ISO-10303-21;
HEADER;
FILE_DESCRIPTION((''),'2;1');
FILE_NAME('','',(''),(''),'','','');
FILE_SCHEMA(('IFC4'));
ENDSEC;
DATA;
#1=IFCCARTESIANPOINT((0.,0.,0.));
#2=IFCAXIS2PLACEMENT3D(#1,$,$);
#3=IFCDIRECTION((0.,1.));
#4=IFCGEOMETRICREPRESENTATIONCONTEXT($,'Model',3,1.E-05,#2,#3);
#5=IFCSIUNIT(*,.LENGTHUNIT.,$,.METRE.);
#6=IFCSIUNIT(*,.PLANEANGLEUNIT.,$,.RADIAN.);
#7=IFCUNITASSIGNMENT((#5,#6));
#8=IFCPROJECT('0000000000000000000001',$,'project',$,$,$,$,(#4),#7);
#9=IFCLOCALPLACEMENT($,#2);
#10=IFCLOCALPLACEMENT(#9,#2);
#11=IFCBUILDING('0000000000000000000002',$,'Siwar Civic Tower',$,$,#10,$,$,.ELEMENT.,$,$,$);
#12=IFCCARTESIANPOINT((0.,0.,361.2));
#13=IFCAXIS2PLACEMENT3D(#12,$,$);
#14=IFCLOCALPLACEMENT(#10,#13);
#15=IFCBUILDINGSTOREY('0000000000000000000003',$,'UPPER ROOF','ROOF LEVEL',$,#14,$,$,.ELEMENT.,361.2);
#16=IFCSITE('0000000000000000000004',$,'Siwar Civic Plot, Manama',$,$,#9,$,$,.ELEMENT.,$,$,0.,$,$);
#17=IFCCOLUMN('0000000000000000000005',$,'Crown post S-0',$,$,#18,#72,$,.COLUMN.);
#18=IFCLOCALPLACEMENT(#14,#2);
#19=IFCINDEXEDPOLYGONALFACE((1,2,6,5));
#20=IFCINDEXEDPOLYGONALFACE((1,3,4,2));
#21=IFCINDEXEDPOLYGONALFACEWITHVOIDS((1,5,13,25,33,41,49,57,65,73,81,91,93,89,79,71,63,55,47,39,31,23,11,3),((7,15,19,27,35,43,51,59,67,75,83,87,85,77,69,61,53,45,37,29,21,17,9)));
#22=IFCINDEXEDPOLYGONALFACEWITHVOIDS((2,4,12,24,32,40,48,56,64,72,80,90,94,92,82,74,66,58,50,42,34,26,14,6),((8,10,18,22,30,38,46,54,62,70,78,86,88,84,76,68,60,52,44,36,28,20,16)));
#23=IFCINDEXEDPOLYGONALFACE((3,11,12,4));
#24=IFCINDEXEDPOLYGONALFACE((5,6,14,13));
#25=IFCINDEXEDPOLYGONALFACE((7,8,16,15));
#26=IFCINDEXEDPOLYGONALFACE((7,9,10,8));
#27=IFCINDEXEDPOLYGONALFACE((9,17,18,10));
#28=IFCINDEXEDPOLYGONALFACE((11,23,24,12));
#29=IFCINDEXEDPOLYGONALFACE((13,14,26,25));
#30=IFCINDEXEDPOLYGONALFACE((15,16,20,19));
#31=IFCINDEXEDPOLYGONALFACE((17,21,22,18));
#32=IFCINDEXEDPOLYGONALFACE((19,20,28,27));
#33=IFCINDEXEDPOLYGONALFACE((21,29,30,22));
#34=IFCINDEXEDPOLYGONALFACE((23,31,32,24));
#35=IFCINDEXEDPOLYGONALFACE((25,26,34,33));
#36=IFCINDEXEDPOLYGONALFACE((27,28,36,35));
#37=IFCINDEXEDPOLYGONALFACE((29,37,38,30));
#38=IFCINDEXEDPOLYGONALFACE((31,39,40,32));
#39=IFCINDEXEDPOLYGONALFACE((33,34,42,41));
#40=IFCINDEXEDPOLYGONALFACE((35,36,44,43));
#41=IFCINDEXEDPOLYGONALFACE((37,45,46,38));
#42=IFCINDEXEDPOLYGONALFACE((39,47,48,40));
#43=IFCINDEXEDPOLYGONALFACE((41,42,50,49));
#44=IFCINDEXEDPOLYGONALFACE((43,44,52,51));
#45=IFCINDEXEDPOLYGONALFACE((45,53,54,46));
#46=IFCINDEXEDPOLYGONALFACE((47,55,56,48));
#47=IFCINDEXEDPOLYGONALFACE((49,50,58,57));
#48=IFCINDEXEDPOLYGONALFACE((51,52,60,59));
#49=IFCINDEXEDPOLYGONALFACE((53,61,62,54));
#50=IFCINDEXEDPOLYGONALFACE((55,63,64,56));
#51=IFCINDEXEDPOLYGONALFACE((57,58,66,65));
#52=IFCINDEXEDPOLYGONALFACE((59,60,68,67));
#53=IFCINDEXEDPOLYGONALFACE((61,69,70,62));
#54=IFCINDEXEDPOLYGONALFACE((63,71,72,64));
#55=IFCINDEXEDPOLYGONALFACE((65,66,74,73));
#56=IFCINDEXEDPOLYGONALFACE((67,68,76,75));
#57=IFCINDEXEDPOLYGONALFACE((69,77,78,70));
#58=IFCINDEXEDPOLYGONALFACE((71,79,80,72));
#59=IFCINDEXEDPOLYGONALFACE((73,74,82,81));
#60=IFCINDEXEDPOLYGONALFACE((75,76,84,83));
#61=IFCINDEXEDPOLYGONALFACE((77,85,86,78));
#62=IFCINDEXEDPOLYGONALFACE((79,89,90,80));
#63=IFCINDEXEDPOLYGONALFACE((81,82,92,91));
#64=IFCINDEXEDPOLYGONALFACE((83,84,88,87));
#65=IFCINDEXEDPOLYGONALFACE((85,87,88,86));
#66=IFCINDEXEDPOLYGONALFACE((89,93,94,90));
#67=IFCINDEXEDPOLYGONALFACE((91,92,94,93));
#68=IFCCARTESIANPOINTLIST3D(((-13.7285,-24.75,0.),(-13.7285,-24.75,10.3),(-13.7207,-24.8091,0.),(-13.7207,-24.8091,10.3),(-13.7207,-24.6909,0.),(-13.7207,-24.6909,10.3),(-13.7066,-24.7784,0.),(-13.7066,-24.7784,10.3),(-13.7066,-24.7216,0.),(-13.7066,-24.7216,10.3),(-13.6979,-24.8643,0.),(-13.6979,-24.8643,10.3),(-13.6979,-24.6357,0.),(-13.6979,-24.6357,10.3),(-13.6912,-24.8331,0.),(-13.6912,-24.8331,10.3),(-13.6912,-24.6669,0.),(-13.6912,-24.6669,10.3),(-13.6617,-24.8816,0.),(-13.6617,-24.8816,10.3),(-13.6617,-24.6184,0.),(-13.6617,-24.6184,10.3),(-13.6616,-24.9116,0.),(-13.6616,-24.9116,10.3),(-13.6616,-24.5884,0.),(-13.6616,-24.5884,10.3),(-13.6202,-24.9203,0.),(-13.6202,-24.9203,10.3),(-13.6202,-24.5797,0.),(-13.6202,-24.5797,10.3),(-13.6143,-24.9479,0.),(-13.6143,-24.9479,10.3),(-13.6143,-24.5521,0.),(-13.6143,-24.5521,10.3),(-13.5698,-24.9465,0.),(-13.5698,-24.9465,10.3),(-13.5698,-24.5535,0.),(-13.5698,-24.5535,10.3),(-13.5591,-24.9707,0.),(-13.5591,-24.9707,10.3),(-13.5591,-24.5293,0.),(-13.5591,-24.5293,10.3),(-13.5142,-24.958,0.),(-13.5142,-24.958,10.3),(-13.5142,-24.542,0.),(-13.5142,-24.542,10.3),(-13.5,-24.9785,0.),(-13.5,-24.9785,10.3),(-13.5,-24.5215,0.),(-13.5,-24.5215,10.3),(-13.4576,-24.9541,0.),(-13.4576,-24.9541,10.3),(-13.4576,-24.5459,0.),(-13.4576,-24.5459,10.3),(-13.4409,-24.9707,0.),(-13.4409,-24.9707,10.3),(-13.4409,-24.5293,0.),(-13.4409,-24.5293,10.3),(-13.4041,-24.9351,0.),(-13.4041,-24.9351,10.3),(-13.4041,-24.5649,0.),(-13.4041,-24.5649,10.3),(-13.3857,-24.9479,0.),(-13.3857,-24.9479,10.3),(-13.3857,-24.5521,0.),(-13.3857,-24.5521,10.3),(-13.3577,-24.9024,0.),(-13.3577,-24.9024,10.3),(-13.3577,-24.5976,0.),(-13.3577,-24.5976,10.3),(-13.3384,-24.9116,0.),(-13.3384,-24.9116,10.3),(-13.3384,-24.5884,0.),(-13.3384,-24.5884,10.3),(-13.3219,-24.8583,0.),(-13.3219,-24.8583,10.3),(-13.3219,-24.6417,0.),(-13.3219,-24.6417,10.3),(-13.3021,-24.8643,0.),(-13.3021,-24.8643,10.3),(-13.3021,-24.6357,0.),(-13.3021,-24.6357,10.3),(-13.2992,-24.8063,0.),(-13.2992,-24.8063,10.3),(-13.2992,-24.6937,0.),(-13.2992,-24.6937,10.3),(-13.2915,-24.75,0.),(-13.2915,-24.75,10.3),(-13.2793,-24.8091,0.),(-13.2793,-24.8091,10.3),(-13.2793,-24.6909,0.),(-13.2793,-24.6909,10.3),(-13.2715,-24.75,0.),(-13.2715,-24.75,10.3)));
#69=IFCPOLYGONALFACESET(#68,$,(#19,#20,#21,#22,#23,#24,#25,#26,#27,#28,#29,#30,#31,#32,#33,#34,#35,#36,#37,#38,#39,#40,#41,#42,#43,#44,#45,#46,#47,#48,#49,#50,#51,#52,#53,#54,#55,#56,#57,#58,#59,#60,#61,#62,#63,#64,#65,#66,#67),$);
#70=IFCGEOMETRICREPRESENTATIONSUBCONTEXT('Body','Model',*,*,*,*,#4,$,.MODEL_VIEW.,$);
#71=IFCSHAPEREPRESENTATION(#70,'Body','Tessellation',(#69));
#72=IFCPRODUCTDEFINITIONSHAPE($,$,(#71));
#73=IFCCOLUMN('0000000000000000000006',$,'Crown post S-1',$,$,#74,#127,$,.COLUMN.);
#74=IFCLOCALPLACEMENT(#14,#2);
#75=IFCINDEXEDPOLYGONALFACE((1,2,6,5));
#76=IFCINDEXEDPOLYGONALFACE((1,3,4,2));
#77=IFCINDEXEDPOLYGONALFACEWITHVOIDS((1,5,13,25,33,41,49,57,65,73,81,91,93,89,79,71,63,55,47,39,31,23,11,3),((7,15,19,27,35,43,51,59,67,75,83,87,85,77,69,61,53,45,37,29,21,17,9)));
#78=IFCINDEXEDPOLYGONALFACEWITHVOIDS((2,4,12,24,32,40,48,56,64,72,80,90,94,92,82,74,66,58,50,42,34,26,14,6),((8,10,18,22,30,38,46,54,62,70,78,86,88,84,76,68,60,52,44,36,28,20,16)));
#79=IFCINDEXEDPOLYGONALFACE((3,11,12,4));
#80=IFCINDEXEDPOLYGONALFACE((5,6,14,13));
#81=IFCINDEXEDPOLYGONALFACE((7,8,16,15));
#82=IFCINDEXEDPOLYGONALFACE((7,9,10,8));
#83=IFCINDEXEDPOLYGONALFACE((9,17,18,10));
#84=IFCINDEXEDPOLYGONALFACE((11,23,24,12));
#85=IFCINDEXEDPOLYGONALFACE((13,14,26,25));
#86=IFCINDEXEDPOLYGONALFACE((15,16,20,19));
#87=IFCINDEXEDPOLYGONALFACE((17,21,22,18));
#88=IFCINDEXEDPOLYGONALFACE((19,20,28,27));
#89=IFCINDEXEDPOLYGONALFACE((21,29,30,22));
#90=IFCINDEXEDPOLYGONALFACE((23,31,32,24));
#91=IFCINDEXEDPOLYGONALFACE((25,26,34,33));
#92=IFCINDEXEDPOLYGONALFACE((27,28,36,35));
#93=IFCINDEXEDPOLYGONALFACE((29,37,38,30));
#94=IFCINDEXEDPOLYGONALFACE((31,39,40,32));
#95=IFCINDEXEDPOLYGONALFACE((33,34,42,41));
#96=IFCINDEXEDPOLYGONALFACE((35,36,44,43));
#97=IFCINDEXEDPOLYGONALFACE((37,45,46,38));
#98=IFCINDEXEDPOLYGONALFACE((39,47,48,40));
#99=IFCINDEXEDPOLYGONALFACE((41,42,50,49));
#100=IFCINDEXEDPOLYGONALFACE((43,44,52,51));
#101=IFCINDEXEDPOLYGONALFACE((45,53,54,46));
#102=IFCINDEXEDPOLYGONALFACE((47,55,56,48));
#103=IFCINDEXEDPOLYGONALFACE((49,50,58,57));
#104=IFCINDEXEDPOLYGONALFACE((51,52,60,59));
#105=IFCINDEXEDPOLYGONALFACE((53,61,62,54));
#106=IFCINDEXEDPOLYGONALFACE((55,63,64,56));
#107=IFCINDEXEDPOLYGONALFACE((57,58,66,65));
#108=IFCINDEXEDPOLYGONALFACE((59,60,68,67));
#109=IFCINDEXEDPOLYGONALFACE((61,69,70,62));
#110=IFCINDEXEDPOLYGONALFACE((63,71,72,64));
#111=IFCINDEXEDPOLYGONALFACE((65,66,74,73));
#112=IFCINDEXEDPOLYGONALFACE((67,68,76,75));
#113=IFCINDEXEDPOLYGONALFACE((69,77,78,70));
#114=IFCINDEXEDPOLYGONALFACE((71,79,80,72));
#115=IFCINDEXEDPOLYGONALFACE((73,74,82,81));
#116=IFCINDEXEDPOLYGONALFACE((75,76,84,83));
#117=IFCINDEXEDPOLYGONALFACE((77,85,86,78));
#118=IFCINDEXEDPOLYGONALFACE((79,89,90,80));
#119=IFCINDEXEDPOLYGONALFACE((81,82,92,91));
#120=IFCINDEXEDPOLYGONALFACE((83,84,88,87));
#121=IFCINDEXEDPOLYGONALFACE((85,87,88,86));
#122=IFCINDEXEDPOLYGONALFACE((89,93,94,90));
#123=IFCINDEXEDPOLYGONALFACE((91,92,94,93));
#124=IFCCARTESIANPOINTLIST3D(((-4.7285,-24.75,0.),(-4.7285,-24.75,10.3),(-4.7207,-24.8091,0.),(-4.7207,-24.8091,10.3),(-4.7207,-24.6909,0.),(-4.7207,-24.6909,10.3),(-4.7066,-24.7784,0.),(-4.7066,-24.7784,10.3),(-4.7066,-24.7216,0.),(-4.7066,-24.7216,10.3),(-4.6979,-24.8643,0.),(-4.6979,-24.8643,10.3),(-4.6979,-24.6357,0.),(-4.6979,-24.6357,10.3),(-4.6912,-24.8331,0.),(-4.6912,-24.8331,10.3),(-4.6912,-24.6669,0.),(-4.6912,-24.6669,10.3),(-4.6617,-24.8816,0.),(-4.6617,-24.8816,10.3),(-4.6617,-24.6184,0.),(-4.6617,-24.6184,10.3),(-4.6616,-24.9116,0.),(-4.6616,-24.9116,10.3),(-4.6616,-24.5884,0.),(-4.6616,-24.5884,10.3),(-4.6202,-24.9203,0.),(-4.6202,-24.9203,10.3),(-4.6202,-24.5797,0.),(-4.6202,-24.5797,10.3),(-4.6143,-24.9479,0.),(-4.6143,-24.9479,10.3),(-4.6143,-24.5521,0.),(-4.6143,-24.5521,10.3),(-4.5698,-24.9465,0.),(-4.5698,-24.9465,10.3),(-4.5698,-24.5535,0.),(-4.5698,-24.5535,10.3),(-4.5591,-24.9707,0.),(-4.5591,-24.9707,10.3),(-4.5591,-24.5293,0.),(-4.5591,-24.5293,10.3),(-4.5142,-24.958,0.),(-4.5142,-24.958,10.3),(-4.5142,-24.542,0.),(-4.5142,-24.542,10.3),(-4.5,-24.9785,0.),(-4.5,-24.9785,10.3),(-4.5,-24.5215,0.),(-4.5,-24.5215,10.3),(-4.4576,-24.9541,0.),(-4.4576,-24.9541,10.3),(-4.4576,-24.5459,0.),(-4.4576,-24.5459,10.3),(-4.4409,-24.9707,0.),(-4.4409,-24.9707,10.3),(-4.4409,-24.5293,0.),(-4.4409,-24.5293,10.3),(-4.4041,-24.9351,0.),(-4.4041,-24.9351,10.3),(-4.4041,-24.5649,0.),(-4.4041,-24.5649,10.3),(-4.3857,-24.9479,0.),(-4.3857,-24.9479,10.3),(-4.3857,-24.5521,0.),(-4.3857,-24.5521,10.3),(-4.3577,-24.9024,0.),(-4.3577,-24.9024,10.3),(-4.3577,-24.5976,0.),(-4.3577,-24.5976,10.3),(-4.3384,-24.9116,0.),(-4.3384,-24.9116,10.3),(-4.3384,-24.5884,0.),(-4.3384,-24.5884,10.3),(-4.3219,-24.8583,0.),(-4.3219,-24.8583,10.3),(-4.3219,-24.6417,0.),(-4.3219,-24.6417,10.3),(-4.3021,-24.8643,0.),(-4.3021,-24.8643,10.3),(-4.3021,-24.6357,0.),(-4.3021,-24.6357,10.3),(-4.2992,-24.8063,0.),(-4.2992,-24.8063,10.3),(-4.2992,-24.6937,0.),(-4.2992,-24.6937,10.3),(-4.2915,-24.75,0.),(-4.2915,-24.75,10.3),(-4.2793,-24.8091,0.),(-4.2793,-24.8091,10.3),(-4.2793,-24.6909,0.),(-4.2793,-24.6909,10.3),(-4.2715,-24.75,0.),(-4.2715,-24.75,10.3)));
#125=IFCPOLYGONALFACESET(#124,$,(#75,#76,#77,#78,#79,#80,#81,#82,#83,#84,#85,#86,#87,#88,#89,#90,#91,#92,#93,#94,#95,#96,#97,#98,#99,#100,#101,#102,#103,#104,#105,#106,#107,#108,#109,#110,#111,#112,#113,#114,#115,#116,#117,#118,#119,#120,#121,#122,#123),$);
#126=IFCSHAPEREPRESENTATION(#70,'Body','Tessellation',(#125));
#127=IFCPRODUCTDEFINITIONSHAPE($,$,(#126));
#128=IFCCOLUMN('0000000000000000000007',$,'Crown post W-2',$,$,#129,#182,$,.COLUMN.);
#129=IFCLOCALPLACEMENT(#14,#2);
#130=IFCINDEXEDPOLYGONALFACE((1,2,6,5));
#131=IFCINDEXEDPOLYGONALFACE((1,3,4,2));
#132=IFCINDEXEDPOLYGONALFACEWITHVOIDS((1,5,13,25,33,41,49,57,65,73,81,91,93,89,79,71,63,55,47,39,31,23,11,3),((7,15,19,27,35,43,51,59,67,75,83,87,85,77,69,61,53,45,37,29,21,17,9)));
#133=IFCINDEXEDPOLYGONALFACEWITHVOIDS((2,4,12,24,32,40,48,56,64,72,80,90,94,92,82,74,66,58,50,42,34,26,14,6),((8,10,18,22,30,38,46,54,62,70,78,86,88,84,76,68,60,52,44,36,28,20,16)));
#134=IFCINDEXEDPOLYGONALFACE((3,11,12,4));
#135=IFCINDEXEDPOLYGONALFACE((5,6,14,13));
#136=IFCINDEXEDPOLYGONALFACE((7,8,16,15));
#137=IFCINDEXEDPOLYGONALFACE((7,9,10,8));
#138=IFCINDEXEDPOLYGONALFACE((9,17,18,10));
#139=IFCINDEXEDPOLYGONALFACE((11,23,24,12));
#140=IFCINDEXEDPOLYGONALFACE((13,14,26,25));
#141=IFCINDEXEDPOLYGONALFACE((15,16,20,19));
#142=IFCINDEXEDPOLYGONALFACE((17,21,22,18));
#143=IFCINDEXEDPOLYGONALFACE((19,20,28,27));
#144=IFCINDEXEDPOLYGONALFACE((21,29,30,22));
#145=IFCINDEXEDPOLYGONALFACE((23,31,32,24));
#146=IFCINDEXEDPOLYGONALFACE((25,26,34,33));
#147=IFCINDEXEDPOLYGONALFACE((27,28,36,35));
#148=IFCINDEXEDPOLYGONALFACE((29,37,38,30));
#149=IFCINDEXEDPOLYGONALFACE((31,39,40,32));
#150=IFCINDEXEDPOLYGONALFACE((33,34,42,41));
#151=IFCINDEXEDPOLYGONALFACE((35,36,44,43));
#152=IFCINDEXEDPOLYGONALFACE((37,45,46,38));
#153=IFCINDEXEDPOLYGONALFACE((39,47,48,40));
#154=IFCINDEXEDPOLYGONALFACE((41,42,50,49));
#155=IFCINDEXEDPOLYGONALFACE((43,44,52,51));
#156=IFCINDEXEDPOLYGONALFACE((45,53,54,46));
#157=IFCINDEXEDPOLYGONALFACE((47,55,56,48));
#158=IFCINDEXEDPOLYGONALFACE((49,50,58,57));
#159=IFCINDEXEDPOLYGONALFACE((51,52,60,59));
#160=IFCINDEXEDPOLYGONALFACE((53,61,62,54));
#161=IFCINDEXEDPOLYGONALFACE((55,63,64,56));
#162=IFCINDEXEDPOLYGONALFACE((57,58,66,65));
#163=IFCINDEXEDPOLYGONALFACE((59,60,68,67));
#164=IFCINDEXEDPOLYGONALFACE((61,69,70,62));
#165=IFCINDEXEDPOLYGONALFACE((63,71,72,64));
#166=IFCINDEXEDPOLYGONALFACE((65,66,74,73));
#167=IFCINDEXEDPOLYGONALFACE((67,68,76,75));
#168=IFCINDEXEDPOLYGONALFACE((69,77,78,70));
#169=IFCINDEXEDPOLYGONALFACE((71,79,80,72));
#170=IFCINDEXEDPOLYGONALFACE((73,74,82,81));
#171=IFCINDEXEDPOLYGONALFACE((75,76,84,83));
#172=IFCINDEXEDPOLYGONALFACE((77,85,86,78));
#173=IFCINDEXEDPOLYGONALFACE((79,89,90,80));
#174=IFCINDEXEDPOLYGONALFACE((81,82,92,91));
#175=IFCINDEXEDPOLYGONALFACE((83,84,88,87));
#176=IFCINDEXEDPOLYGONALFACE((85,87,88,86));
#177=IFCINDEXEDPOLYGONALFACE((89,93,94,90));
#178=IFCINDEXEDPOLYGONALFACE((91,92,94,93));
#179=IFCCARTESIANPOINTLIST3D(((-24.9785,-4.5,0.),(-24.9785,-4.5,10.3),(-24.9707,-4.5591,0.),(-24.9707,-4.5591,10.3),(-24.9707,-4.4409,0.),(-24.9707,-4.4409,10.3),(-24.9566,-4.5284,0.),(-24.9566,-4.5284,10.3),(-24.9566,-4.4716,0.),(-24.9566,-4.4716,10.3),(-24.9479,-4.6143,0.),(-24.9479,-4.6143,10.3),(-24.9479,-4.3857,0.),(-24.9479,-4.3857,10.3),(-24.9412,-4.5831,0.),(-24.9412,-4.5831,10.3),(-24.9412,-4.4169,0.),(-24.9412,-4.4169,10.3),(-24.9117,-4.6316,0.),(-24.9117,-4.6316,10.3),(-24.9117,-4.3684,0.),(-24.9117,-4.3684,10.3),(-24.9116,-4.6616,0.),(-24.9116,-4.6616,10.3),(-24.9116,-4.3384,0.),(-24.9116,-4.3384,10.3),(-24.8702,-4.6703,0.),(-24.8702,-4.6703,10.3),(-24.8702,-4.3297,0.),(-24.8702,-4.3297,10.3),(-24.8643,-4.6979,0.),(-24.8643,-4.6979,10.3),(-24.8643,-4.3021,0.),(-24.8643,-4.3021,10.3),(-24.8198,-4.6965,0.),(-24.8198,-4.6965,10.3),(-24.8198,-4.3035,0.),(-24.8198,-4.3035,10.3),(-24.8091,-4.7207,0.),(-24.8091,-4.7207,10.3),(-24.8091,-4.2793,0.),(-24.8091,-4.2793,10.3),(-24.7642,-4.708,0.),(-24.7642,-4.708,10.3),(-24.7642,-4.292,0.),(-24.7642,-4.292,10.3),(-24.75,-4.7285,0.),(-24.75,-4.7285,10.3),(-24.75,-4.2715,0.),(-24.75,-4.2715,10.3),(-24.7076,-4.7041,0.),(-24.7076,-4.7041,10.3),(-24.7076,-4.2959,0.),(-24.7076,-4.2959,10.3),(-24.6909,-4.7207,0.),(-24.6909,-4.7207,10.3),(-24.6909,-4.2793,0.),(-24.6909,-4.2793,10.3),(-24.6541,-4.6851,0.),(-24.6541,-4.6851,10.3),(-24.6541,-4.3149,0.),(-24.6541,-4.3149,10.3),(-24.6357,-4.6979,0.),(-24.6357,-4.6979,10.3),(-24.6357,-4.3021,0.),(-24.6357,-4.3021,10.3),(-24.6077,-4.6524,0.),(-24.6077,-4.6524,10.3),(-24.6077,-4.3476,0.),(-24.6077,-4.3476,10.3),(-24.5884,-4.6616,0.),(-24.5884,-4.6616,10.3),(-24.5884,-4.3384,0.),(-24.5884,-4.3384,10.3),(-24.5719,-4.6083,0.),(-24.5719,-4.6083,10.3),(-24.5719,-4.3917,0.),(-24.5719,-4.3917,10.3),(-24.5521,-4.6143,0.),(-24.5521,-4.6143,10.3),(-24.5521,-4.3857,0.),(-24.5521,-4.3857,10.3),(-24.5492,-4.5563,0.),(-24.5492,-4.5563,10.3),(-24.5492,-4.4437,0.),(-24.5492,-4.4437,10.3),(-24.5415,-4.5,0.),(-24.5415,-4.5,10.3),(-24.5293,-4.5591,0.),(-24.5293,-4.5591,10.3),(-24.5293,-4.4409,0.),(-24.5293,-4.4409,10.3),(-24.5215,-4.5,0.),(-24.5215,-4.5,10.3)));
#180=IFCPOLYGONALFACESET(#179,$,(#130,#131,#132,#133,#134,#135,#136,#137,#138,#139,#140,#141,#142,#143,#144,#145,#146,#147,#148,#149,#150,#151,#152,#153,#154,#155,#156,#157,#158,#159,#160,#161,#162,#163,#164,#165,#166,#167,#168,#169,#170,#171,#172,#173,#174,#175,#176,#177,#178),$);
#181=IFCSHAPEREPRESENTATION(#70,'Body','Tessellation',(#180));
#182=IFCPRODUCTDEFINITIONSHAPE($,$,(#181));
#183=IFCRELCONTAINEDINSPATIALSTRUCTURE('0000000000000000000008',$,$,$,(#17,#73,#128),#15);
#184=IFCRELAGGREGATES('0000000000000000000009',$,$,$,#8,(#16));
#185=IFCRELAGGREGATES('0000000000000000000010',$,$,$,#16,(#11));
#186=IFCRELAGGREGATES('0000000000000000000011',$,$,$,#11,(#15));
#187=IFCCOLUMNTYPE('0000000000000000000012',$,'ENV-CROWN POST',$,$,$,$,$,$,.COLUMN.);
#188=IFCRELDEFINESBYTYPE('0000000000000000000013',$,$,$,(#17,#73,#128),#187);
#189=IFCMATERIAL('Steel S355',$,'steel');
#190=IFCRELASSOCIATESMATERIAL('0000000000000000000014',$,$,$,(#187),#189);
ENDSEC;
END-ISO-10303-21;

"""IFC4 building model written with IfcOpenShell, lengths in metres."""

from ifc_helpers import new_model, si_unit, direction, frame, origin, origin_2d, place, context, subcontext, project, spatial, hollow_circle, extrude, material, material_profile, profile_set, type_object, element, save


model = new_model("IFC4")

# Units and contexts
model_context = context("Model", 3, precision=1e-05, world=origin(), true_north=direction((0.0, 1.0)))
body_context = subcontext(model_context, "Body", "Model", "MODEL_VIEW")
ifc_project = project(units=[si_unit("LENGTHUNIT", "METRE"), si_unit("PLANEANGLEUNIT", "RADIAN")], contexts=[model_context])

# Site, building, storey
site_placement = place(None, origin())
site = spatial("IfcSite", under=ifc_project, at=site_placement, Name="Siwar Civic Plot, Manama", CompositionType="ELEMENT", RefElevation=0.0)
building_placement = place(site_placement, origin())
building = spatial("IfcBuilding", under=site, at=building_placement, Name="Siwar Civic Tower", CompositionType="ELEMENT")
storey_placement = place(building_placement, frame((0.0, 0.0, 361.2)))
storey = spatial("IfcBuildingStorey", under=building, at=storey_placement, Name="UPPER ROOF", Description="ROOF LEVEL", CompositionType="ELEMENT", Elevation=361.2)

# Columns
ifc_material_1 = material(Name="Steel S355", Category="steel")
ifc_material_profile_1 = material_profile(ifc_material_1, hollow_circle(Radius=0.2285, WallThickness=0.02, at=origin_2d()), Name="CHS457x20")
ifc_profile_set_1 = profile_set([ifc_material_profile_1], Name="Steel S355")
column_type = type_object("IfcColumnType", Name="ENV-CROWN POST", PredefinedType="COLUMN", material=ifc_profile_set_1)
for number, where, z_axis, x_axis, name in (
    (1, (-13.5, -24.75, 0.0), (0.0, 0.0, 1.0), (1.0, 0.0, 0.0), "Crown post S-0"),
    (2, (-4.5, -24.75, 0.0), (0.0, 0.0, 1.0), (1.0, 0.0, 0.0), "Crown post S-1"),
    (3, (-24.75, -4.5, 0.0), (0.0, 0.0, 1.0), (1.0, 0.0, 0.0), "Crown post W-2"),
):
    element("IfcColumn", number, at=place(storey_placement, frame(where, z_axis=z_axis, x_axis=x_axis)), inside=storey, type_object=column_type, Name=name, PredefinedType="COLUMN", context=body_context, shape_type="SweptSolid", body=[
        extrude(hollow_circle(Radius=0.2285, WallThickness=0.02, at=origin_2d()), origin(), (0.0, 0.0, 1.0), 10.3),
    ])

save(model, "model.ifc")
